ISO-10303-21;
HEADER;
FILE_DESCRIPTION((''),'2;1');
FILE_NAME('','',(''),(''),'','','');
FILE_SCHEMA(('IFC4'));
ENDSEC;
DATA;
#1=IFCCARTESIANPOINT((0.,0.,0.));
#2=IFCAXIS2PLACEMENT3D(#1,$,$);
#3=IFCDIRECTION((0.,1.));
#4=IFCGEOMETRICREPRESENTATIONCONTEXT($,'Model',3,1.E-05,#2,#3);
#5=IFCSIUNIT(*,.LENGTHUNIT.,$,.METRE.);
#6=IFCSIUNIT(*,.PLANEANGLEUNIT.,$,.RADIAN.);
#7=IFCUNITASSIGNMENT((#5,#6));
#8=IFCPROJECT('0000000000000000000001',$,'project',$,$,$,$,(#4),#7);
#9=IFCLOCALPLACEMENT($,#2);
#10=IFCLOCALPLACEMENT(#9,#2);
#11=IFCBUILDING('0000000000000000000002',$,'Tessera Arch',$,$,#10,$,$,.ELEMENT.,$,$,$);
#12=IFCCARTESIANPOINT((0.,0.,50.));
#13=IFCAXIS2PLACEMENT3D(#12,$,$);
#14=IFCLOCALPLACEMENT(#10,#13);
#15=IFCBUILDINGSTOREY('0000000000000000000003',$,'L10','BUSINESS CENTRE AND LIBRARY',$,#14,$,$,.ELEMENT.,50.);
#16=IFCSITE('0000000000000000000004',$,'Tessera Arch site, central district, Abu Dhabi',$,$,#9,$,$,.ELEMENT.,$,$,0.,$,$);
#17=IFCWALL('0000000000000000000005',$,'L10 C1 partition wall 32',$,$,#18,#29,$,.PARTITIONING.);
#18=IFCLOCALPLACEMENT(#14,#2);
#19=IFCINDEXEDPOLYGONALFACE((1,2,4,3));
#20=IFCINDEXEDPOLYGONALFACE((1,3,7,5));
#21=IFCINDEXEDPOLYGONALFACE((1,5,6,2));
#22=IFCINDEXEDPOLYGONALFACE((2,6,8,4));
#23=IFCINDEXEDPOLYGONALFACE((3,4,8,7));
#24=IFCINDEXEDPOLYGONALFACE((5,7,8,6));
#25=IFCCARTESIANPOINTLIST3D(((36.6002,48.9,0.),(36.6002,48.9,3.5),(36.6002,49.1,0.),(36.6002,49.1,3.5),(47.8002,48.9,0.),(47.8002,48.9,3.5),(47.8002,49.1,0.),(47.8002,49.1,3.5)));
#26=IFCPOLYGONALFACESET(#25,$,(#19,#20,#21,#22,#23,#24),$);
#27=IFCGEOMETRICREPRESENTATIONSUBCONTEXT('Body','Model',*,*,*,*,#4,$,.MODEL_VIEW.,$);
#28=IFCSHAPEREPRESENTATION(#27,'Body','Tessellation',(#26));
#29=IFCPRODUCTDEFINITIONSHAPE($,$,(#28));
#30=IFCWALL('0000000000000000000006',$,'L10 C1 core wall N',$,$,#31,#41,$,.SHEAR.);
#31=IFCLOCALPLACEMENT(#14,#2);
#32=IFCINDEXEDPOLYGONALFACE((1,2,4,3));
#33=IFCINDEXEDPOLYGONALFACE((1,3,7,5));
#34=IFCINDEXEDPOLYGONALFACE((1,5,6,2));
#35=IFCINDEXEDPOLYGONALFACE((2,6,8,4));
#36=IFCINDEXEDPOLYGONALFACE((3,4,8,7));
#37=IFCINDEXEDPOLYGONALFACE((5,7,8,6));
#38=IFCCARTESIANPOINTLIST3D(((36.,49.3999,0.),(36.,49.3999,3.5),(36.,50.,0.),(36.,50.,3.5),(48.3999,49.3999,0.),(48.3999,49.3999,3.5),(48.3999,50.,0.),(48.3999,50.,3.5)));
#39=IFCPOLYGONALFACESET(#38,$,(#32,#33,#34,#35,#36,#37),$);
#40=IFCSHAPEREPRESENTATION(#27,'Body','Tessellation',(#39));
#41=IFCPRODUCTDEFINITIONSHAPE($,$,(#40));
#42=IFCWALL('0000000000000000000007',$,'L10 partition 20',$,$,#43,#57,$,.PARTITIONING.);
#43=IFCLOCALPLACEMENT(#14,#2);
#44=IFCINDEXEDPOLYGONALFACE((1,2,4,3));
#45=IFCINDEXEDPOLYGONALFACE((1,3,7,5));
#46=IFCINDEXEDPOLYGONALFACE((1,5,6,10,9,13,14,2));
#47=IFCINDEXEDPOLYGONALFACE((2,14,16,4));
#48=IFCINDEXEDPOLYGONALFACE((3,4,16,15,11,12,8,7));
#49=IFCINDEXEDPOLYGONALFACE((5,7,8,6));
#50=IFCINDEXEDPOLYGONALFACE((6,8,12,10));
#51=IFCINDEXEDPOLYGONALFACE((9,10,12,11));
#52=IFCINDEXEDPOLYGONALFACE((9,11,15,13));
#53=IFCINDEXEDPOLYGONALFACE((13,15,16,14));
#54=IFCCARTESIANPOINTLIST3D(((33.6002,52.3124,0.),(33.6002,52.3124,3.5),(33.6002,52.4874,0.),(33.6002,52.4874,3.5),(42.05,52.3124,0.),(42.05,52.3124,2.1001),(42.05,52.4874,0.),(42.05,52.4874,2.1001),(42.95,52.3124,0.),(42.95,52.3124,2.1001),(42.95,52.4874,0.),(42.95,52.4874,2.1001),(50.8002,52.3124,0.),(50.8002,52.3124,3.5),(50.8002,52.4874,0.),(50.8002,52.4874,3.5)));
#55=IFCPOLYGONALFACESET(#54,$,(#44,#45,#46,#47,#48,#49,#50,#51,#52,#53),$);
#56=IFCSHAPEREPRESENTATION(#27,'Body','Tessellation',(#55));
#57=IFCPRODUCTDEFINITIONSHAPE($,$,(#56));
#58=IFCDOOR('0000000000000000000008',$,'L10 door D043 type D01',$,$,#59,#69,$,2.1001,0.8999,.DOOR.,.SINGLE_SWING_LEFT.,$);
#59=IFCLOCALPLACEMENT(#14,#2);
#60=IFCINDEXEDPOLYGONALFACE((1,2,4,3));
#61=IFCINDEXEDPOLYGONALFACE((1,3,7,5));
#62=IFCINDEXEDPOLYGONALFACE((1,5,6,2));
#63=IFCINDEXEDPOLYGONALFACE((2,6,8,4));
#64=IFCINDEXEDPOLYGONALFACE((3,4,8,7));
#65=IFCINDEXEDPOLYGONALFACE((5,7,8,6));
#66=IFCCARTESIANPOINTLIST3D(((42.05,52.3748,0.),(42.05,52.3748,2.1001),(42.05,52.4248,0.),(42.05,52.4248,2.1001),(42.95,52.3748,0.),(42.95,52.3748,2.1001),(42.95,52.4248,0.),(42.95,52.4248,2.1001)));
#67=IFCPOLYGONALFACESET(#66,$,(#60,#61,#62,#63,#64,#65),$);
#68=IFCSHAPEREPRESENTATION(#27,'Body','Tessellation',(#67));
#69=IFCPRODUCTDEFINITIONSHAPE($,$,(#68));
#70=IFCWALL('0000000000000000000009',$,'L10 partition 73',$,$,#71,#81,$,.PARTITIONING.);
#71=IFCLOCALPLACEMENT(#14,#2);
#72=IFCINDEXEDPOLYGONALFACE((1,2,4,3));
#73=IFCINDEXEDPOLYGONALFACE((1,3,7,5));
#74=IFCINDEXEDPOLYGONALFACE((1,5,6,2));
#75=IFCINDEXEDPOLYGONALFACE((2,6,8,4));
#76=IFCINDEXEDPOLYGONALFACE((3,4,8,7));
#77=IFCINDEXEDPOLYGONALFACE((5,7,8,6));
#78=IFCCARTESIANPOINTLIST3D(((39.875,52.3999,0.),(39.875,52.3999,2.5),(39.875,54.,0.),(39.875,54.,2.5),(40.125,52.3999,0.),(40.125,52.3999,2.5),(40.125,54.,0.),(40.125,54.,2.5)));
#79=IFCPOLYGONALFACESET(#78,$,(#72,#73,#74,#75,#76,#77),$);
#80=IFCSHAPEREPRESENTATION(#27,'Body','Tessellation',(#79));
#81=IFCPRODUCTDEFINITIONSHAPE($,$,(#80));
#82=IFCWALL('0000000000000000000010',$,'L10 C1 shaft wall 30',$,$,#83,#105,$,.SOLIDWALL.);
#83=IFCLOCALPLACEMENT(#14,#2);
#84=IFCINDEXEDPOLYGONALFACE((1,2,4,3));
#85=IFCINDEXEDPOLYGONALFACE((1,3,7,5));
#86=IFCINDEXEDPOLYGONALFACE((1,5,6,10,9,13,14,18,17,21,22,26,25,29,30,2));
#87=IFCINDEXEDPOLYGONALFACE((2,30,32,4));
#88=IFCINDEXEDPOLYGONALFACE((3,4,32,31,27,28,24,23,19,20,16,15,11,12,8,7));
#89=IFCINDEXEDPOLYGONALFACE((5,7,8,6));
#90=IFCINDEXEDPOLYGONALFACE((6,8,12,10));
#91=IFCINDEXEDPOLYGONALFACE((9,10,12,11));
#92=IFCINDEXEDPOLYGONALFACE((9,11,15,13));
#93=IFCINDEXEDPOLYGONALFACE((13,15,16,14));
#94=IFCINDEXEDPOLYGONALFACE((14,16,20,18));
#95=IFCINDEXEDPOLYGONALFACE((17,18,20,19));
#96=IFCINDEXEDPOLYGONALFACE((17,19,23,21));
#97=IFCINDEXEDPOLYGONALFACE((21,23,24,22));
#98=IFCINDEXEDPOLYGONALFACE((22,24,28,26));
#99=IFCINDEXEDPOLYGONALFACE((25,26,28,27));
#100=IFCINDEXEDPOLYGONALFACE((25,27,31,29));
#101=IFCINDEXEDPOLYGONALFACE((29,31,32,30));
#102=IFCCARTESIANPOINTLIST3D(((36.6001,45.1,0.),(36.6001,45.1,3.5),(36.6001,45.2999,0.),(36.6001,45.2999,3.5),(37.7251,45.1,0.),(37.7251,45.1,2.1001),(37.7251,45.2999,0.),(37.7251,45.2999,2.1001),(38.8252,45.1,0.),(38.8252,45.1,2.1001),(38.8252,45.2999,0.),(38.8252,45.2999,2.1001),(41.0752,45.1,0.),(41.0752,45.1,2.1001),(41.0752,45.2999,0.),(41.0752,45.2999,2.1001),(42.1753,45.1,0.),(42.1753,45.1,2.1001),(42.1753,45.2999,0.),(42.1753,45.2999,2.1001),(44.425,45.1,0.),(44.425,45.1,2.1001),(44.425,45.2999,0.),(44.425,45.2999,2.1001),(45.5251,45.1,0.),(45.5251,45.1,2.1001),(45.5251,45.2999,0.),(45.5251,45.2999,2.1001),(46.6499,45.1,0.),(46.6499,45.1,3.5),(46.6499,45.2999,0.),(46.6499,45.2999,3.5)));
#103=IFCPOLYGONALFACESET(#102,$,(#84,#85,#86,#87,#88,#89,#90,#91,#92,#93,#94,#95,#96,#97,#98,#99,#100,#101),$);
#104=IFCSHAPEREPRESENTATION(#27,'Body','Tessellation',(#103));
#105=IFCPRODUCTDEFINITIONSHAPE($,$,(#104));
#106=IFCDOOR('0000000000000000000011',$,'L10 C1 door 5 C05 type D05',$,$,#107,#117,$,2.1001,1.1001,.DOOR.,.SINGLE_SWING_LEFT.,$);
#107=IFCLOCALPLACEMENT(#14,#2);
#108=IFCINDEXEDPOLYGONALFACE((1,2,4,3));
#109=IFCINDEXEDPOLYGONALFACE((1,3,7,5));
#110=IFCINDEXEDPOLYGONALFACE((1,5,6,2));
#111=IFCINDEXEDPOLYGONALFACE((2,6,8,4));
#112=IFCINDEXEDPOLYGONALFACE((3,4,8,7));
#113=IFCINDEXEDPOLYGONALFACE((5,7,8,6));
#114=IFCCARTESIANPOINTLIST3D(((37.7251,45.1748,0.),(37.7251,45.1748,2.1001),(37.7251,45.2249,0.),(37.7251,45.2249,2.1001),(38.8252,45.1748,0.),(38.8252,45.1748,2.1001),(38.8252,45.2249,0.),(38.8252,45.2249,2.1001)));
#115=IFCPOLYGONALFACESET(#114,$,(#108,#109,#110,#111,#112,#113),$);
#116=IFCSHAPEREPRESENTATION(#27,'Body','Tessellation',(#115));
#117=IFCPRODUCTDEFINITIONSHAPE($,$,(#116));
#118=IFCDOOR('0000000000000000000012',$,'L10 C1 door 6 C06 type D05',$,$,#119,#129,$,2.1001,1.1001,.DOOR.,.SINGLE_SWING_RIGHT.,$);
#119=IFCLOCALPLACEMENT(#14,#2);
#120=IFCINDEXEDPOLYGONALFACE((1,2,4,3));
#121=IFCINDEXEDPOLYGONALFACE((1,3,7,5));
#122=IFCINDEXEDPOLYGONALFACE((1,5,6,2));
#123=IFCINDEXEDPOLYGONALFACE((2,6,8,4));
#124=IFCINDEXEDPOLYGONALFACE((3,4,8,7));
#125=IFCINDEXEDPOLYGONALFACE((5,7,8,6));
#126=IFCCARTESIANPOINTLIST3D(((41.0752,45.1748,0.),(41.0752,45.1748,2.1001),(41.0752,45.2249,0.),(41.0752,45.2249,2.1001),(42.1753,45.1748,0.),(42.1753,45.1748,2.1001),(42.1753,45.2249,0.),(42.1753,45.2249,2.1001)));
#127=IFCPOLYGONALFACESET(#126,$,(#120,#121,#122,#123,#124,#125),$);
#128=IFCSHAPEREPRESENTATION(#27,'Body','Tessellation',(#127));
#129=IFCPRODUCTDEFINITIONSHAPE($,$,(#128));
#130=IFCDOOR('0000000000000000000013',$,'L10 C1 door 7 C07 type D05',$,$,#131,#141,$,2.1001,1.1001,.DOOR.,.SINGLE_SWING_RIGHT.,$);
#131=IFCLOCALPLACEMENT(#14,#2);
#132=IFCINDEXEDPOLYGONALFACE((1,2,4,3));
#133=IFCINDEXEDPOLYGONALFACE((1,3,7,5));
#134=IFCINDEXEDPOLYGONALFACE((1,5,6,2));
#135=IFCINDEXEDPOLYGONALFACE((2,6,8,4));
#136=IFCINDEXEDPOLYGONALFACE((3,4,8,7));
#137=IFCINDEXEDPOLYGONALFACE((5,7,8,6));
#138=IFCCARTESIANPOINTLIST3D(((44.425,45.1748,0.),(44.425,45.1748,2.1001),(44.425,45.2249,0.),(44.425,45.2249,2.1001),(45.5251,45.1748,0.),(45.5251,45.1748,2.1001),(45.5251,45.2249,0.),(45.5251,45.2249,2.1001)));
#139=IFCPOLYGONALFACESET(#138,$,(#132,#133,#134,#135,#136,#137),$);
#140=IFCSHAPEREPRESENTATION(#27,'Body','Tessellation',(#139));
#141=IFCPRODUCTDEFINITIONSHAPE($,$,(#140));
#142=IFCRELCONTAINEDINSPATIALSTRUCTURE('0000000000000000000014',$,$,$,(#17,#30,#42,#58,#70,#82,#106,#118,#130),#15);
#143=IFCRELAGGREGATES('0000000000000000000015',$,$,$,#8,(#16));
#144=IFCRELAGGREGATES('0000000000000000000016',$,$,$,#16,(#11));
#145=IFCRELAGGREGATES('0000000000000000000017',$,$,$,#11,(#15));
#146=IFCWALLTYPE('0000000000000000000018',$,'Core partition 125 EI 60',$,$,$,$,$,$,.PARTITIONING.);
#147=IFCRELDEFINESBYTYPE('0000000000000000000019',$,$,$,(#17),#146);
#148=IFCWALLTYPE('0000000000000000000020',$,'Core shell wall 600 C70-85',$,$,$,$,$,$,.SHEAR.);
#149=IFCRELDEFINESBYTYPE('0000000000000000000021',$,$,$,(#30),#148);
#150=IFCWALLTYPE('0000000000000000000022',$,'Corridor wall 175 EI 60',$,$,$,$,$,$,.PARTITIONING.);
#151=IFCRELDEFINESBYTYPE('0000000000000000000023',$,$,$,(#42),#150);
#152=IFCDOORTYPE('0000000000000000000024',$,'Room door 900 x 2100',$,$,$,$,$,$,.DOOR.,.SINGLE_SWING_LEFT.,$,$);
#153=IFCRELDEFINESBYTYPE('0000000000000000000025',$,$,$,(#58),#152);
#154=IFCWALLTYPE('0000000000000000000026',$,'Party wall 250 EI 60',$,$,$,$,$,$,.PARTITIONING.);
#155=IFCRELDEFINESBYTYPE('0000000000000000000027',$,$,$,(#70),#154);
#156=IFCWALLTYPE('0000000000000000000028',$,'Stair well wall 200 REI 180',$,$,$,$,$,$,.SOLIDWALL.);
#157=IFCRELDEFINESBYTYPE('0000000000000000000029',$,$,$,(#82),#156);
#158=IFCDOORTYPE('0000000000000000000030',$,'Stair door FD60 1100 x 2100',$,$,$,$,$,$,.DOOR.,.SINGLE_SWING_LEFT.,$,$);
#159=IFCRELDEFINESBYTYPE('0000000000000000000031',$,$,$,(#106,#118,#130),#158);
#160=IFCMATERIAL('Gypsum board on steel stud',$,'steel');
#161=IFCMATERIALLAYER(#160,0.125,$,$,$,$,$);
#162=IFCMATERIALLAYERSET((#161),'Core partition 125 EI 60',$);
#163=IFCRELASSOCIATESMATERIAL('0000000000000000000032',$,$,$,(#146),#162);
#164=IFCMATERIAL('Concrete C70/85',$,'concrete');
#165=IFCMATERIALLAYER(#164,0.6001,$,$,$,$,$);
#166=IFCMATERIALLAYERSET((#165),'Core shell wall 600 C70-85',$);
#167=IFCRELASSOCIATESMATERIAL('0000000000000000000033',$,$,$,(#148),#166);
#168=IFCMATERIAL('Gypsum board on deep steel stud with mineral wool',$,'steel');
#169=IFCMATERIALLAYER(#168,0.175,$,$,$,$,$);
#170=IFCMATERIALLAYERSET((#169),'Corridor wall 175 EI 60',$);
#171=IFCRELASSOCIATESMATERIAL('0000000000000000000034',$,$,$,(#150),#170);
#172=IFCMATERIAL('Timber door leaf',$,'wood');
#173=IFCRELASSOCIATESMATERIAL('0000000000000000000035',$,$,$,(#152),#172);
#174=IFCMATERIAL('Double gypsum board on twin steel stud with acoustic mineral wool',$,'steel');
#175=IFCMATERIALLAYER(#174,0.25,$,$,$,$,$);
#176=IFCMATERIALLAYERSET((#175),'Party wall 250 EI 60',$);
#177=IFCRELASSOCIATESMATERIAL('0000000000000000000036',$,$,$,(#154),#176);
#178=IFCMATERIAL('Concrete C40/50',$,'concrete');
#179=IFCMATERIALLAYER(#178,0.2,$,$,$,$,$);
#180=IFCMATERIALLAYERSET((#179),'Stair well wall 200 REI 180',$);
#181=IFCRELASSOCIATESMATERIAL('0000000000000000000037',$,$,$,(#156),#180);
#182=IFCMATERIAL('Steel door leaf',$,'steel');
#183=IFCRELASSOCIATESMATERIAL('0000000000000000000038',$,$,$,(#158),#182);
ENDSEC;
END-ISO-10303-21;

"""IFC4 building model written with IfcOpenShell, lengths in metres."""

from ifc_helpers import new_model, si_unit, direction, frame, frame_2d, origin, place, context, subcontext, project, spatial, rectangle, extrude, material, layer, layer_set, type_object, element, fill, save


model = new_model("IFC4")

# Units and contexts
model_context = context("Model", 3, precision=1e-05, world=origin(), true_north=direction((0.0, 1.0)))
body_context = subcontext(model_context, "Body", "Model", "MODEL_VIEW")
ifc_project = project(units=[si_unit("LENGTHUNIT", "METRE"), si_unit("PLANEANGLEUNIT", "RADIAN")], contexts=[model_context])

# Site, building, storey
site_placement = place(None, origin())
site = spatial("IfcSite", under=ifc_project, at=site_placement, Name="Tessera Arch site, central district, Abu Dhabi", CompositionType="ELEMENT", RefElevation=0.0)
building_placement = place(site_placement, origin())
building = spatial("IfcBuilding", under=site, at=building_placement, Name="Tessera Arch", CompositionType="ELEMENT")
storey_placement = place(building_placement, frame((0.0, 0.0, 50.0)))
storey = spatial("IfcBuildingStorey", under=building, at=storey_placement, Name="L10", Description="BUSINESS CENTRE AND LIBRARY", CompositionType="ELEMENT", Elevation=50.0)

# Shared definitions
ifc_material_1 = material(Name="Gypsum board on steel stud", Category="steel")
ifc_layer_1 = layer(ifc_material_1, 0.125)
ifc_layer_set_1 = layer_set([ifc_layer_1], Name="Core partition 125 EI 60")
wall_type_1 = type_object("IfcWallType", Name="Core partition 125 EI 60", PredefinedType="PARTITIONING", material=ifc_layer_set_1)

# Walls
wall_1_placement = place(storey_placement, frame((36.6001, 49.0, 0.0), z_axis=(0.0, 0.0, 1.0), x_axis=(1.0, 0.0, 0.0)))
element("IfcWall", 1, at=wall_1_placement, inside=storey, type_object=wall_type_1, Name="L10 C1 partition wall 32", PredefinedType="PARTITIONING", context=body_context, shape_type="SweptSolid", body=[
    extrude(rectangle(XDim=11.2, YDim=0.2, at=frame_2d((5.6001, 0.0))), origin(), (0.0, 0.0, 1.0), 3.5),
])
ifc_material_2 = material(Name="Concrete C70/85", Category="concrete")
ifc_layer_2 = layer(ifc_material_2, 0.6001)
ifc_layer_set_2 = layer_set([ifc_layer_2], Name="Core shell wall 600 C70-85")
wall_type_2 = type_object("IfcWallType", Name="Core shell wall 600 C70-85", PredefinedType="SHEAR", material=ifc_layer_set_2)
wall_2_placement = place(storey_placement, frame((36.0, 49.7, 0.0), z_axis=(0.0, 0.0, 1.0), x_axis=(1.0, 0.0, 0.0)))
element("IfcWall", 2, at=wall_2_placement, inside=storey, type_object=wall_type_2, Name="L10 C1 core wall N", PredefinedType="SHEAR", context=body_context, shape_type="SweptSolid", body=[
    extrude(rectangle(XDim=12.3999, YDim=0.6001, at=frame_2d((6.2, 0.0))), origin(), (0.0, 0.0, 1.0), 3.5),
])

# Wall, opening, door
ifc_material_3 = material(Name="Gypsum board on deep steel stud with mineral wool", Category="steel")
ifc_layer_3 = layer(ifc_material_3, 0.175)
ifc_layer_set_3 = layer_set([ifc_layer_3], Name="Corridor wall 175 EI 60")
wall_type_3 = type_object("IfcWallType", Name="Corridor wall 175 EI 60", PredefinedType="PARTITIONING", material=ifc_layer_set_3)
wall_3_placement = place(storey_placement, frame((33.6001, 52.3999, 0.0), z_axis=(0.0, 0.0, 1.0), x_axis=(1.0, 0.0, 0.0)))
wall_3 = element("IfcWall", 3, at=wall_3_placement, inside=storey, type_object=wall_type_3, Name="L10 partition 20", PredefinedType="PARTITIONING", context=body_context, shape_type="SweptSolid", body=[
    extrude(rectangle(XDim=17.2, YDim=0.175, at=frame_2d((8.6001, 0.0))), origin(), (0.0, 0.0, 1.0), 3.5),
])
opening_1_placement = place(wall_3_placement, frame((8.45, 0.0, 0.0)))
opening_1 = element("IfcOpeningElement", 4, at=opening_1_placement, cuts=wall_3, PredefinedType="OPENING", context=body_context, shape_type="SweptSolid", body=[
    extrude(rectangle(XDim=0.8999, YDim=2.1001, at=frame_2d((0.45, 1.05))), frame((0.0, 0.0974, 0.0), z_axis=(0.0, -1.0, 0.0), x_axis=(1.0, 0.0, 0.0)), (0.0, 0.0, 1.0), 0.1951),
])
ifc_material_4 = material(Name="Timber door leaf", Category="wood")
door_type_1 = type_object("IfcDoorType", Name="Room door 900 x 2100", OperationType="SINGLE_SWING_LEFT", PredefinedType="DOOR", material=ifc_material_4)
door_1_placement = place(opening_1_placement, origin())
door_1 = element("IfcDoor", 5, at=door_1_placement, inside=storey, type_object=door_type_1, Name="L10 door D043 type D01", OperationType="SINGLE_SWING_LEFT", OverallHeight=2.1001, OverallWidth=0.8999, PredefinedType="DOOR", context=body_context, shape_type="SweptSolid", body=[
    extrude(rectangle(XDim=0.8999, YDim=2.1001, at=frame_2d((0.45, 1.05))), frame((0.0, 0.0249, 0.0), z_axis=(0.0, -1.0, 0.0), x_axis=(1.0, 0.0, 0.0)), (0.0, 0.0, 1.0), 0.05),
])
fill(opening_1, door_1)

# Wall
ifc_material_5 = material(Name="Double gypsum board on twin steel stud with acoustic mineral wool", Category="steel")
ifc_layer_4 = layer(ifc_material_5, 0.25)
ifc_layer_set_4 = layer_set([ifc_layer_4], Name="Party wall 250 EI 60")
wall_type_4 = type_object("IfcWallType", Name="Party wall 250 EI 60", PredefinedType="PARTITIONING", material=ifc_layer_set_4)
wall_4_placement = place(storey_placement, frame((40.0, 52.3999, 0.0), z_axis=(0.0, 0.0, 1.0), x_axis=(0.0, 1.0, 0.0)))
element("IfcWall", 6, at=wall_4_placement, inside=storey, type_object=wall_type_4, Name="L10 partition 73", PredefinedType="PARTITIONING", context=body_context, shape_type="SweptSolid", body=[
    extrude(rectangle(XDim=1.6001, YDim=0.25, at=frame_2d((0.8, 0.0))), origin(), (0.0, 0.0, 1.0), 2.5),
])

# Wall, openings, doors
ifc_material_6 = material(Name="Concrete C40/50", Category="concrete")
ifc_layer_5 = layer(ifc_material_6, 0.2)
ifc_layer_set_5 = layer_set([ifc_layer_5], Name="Stair well wall 200 REI 180")
wall_type_5 = type_object("IfcWallType", Name="Stair well wall 200 REI 180", PredefinedType="SOLIDWALL", material=ifc_layer_set_5)
wall_5_placement = place(storey_placement, frame((36.6001, 45.2, 0.0), z_axis=(0.0, 0.0, 1.0), x_axis=(1.0, 0.0, 0.0)))
wall_5 = element("IfcWall", 7, at=wall_5_placement, inside=storey, type_object=wall_type_5, Name="L10 C1 shaft wall 30", PredefinedType="SOLIDWALL", context=body_context, shape_type="SweptSolid", body=[
    extrude(rectangle(XDim=10.0498, YDim=0.2, at=frame_2d((5.0249, 0.0))), origin(), (0.0, 0.0, 1.0), 3.5),
])
opening_2_placement = place(wall_5_placement, frame((1.125, 0.0, 0.0)))
opening_2 = element("IfcOpeningElement", 8, at=opening_2_placement, cuts=wall_5, PredefinedType="OPENING", context=body_context, shape_type="SweptSolid", body=[
    extrude(rectangle(XDim=1.1001, YDim=2.1001, at=frame_2d((0.55, 1.05))), frame((0.0, 0.1099, 0.0), z_axis=(0.0, -1.0, 0.0), x_axis=(1.0, 0.0, 0.0)), (0.0, 0.0, 1.0), 0.22),
])
opening_3_placement = place(wall_5_placement, frame((4.4751, 0.0, 0.0)))
opening_3 = element("IfcOpeningElement", 9, at=opening_3_placement, cuts=wall_5, PredefinedType="OPENING", context=body_context, shape_type="SweptSolid", body=[
    extrude(rectangle(XDim=1.1001, YDim=2.1001, at=frame_2d((0.55, 1.05))), frame((0.0, 0.1099, 0.0), z_axis=(0.0, -1.0, 0.0), x_axis=(1.0, 0.0, 0.0)), (0.0, 0.0, 1.0), 0.22),
])
opening_4_placement = place(wall_5_placement, frame((7.825, 0.0, 0.0)))
opening_4 = element("IfcOpeningElement", 10, at=opening_4_placement, cuts=wall_5, PredefinedType="OPENING", context=body_context, shape_type="SweptSolid", body=[
    extrude(rectangle(XDim=1.1001, YDim=2.1001, at=frame_2d((0.55, 1.05))), frame((0.0, 0.1099, 0.0), z_axis=(0.0, -1.0, 0.0), x_axis=(1.0, 0.0, 0.0)), (0.0, 0.0, 1.0), 0.22),
])
ifc_material_7 = material(Name="Steel door leaf", Category="steel")
door_type_2 = type_object("IfcDoorType", Name="Stair door FD60 1100 x 2100", OperationType="SINGLE_SWING_LEFT", PredefinedType="DOOR", material=ifc_material_7)
door_2_placement = place(opening_2_placement, origin())
door_2 = element("IfcDoor", 11, at=door_2_placement, inside=storey, type_object=door_type_2, Name="L10 C1 door 5 C05 type D05", OperationType="SINGLE_SWING_LEFT", OverallHeight=2.1001, OverallWidth=1.1001, PredefinedType="DOOR", context=body_context, shape_type="SweptSolid", body=[
    extrude(rectangle(XDim=1.1001, YDim=2.1001, at=frame_2d((0.55, 1.05))), frame((0.0, 0.0249, 0.0), z_axis=(0.0, -1.0, 0.0), x_axis=(1.0, 0.0, 0.0)), (0.0, 0.0, 1.0), 0.05),
])
fill(opening_2, door_2)
door_3_placement = place(opening_3_placement, origin())
door_3 = element("IfcDoor", 12, at=door_3_placement, inside=storey, type_object=door_type_2, Name="L10 C1 door 6 C06 type D05", OperationType="SINGLE_SWING_RIGHT", OverallHeight=2.1001, OverallWidth=1.1001, PredefinedType="DOOR", context=body_context, shape_type="SweptSolid", body=[
    extrude(rectangle(XDim=1.1001, YDim=2.1001, at=frame_2d((0.55, 1.05))), frame((0.0, 0.0249, 0.0), z_axis=(0.0, -1.0, 0.0), x_axis=(1.0, 0.0, 0.0)), (0.0, 0.0, 1.0), 0.05),
])
fill(opening_3, door_3)
door_4_placement = place(opening_4_placement, origin())
door_4 = element("IfcDoor", 13, at=door_4_placement, inside=storey, type_object=door_type_2, Name="L10 C1 door 7 C07 type D05", OperationType="SINGLE_SWING_RIGHT", OverallHeight=2.1001, OverallWidth=1.1001, PredefinedType="DOOR", context=body_context, shape_type="SweptSolid", body=[
    extrude(rectangle(XDim=1.1001, YDim=2.1001, at=frame_2d((0.55, 1.05))), frame((0.0, 0.0249, 0.0), z_axis=(0.0, -1.0, 0.0), x_axis=(1.0, 0.0, 0.0)), (0.0, 0.0, 1.0), 0.05),
])
fill(opening_4, door_4)

save(model, "model.ifc")
